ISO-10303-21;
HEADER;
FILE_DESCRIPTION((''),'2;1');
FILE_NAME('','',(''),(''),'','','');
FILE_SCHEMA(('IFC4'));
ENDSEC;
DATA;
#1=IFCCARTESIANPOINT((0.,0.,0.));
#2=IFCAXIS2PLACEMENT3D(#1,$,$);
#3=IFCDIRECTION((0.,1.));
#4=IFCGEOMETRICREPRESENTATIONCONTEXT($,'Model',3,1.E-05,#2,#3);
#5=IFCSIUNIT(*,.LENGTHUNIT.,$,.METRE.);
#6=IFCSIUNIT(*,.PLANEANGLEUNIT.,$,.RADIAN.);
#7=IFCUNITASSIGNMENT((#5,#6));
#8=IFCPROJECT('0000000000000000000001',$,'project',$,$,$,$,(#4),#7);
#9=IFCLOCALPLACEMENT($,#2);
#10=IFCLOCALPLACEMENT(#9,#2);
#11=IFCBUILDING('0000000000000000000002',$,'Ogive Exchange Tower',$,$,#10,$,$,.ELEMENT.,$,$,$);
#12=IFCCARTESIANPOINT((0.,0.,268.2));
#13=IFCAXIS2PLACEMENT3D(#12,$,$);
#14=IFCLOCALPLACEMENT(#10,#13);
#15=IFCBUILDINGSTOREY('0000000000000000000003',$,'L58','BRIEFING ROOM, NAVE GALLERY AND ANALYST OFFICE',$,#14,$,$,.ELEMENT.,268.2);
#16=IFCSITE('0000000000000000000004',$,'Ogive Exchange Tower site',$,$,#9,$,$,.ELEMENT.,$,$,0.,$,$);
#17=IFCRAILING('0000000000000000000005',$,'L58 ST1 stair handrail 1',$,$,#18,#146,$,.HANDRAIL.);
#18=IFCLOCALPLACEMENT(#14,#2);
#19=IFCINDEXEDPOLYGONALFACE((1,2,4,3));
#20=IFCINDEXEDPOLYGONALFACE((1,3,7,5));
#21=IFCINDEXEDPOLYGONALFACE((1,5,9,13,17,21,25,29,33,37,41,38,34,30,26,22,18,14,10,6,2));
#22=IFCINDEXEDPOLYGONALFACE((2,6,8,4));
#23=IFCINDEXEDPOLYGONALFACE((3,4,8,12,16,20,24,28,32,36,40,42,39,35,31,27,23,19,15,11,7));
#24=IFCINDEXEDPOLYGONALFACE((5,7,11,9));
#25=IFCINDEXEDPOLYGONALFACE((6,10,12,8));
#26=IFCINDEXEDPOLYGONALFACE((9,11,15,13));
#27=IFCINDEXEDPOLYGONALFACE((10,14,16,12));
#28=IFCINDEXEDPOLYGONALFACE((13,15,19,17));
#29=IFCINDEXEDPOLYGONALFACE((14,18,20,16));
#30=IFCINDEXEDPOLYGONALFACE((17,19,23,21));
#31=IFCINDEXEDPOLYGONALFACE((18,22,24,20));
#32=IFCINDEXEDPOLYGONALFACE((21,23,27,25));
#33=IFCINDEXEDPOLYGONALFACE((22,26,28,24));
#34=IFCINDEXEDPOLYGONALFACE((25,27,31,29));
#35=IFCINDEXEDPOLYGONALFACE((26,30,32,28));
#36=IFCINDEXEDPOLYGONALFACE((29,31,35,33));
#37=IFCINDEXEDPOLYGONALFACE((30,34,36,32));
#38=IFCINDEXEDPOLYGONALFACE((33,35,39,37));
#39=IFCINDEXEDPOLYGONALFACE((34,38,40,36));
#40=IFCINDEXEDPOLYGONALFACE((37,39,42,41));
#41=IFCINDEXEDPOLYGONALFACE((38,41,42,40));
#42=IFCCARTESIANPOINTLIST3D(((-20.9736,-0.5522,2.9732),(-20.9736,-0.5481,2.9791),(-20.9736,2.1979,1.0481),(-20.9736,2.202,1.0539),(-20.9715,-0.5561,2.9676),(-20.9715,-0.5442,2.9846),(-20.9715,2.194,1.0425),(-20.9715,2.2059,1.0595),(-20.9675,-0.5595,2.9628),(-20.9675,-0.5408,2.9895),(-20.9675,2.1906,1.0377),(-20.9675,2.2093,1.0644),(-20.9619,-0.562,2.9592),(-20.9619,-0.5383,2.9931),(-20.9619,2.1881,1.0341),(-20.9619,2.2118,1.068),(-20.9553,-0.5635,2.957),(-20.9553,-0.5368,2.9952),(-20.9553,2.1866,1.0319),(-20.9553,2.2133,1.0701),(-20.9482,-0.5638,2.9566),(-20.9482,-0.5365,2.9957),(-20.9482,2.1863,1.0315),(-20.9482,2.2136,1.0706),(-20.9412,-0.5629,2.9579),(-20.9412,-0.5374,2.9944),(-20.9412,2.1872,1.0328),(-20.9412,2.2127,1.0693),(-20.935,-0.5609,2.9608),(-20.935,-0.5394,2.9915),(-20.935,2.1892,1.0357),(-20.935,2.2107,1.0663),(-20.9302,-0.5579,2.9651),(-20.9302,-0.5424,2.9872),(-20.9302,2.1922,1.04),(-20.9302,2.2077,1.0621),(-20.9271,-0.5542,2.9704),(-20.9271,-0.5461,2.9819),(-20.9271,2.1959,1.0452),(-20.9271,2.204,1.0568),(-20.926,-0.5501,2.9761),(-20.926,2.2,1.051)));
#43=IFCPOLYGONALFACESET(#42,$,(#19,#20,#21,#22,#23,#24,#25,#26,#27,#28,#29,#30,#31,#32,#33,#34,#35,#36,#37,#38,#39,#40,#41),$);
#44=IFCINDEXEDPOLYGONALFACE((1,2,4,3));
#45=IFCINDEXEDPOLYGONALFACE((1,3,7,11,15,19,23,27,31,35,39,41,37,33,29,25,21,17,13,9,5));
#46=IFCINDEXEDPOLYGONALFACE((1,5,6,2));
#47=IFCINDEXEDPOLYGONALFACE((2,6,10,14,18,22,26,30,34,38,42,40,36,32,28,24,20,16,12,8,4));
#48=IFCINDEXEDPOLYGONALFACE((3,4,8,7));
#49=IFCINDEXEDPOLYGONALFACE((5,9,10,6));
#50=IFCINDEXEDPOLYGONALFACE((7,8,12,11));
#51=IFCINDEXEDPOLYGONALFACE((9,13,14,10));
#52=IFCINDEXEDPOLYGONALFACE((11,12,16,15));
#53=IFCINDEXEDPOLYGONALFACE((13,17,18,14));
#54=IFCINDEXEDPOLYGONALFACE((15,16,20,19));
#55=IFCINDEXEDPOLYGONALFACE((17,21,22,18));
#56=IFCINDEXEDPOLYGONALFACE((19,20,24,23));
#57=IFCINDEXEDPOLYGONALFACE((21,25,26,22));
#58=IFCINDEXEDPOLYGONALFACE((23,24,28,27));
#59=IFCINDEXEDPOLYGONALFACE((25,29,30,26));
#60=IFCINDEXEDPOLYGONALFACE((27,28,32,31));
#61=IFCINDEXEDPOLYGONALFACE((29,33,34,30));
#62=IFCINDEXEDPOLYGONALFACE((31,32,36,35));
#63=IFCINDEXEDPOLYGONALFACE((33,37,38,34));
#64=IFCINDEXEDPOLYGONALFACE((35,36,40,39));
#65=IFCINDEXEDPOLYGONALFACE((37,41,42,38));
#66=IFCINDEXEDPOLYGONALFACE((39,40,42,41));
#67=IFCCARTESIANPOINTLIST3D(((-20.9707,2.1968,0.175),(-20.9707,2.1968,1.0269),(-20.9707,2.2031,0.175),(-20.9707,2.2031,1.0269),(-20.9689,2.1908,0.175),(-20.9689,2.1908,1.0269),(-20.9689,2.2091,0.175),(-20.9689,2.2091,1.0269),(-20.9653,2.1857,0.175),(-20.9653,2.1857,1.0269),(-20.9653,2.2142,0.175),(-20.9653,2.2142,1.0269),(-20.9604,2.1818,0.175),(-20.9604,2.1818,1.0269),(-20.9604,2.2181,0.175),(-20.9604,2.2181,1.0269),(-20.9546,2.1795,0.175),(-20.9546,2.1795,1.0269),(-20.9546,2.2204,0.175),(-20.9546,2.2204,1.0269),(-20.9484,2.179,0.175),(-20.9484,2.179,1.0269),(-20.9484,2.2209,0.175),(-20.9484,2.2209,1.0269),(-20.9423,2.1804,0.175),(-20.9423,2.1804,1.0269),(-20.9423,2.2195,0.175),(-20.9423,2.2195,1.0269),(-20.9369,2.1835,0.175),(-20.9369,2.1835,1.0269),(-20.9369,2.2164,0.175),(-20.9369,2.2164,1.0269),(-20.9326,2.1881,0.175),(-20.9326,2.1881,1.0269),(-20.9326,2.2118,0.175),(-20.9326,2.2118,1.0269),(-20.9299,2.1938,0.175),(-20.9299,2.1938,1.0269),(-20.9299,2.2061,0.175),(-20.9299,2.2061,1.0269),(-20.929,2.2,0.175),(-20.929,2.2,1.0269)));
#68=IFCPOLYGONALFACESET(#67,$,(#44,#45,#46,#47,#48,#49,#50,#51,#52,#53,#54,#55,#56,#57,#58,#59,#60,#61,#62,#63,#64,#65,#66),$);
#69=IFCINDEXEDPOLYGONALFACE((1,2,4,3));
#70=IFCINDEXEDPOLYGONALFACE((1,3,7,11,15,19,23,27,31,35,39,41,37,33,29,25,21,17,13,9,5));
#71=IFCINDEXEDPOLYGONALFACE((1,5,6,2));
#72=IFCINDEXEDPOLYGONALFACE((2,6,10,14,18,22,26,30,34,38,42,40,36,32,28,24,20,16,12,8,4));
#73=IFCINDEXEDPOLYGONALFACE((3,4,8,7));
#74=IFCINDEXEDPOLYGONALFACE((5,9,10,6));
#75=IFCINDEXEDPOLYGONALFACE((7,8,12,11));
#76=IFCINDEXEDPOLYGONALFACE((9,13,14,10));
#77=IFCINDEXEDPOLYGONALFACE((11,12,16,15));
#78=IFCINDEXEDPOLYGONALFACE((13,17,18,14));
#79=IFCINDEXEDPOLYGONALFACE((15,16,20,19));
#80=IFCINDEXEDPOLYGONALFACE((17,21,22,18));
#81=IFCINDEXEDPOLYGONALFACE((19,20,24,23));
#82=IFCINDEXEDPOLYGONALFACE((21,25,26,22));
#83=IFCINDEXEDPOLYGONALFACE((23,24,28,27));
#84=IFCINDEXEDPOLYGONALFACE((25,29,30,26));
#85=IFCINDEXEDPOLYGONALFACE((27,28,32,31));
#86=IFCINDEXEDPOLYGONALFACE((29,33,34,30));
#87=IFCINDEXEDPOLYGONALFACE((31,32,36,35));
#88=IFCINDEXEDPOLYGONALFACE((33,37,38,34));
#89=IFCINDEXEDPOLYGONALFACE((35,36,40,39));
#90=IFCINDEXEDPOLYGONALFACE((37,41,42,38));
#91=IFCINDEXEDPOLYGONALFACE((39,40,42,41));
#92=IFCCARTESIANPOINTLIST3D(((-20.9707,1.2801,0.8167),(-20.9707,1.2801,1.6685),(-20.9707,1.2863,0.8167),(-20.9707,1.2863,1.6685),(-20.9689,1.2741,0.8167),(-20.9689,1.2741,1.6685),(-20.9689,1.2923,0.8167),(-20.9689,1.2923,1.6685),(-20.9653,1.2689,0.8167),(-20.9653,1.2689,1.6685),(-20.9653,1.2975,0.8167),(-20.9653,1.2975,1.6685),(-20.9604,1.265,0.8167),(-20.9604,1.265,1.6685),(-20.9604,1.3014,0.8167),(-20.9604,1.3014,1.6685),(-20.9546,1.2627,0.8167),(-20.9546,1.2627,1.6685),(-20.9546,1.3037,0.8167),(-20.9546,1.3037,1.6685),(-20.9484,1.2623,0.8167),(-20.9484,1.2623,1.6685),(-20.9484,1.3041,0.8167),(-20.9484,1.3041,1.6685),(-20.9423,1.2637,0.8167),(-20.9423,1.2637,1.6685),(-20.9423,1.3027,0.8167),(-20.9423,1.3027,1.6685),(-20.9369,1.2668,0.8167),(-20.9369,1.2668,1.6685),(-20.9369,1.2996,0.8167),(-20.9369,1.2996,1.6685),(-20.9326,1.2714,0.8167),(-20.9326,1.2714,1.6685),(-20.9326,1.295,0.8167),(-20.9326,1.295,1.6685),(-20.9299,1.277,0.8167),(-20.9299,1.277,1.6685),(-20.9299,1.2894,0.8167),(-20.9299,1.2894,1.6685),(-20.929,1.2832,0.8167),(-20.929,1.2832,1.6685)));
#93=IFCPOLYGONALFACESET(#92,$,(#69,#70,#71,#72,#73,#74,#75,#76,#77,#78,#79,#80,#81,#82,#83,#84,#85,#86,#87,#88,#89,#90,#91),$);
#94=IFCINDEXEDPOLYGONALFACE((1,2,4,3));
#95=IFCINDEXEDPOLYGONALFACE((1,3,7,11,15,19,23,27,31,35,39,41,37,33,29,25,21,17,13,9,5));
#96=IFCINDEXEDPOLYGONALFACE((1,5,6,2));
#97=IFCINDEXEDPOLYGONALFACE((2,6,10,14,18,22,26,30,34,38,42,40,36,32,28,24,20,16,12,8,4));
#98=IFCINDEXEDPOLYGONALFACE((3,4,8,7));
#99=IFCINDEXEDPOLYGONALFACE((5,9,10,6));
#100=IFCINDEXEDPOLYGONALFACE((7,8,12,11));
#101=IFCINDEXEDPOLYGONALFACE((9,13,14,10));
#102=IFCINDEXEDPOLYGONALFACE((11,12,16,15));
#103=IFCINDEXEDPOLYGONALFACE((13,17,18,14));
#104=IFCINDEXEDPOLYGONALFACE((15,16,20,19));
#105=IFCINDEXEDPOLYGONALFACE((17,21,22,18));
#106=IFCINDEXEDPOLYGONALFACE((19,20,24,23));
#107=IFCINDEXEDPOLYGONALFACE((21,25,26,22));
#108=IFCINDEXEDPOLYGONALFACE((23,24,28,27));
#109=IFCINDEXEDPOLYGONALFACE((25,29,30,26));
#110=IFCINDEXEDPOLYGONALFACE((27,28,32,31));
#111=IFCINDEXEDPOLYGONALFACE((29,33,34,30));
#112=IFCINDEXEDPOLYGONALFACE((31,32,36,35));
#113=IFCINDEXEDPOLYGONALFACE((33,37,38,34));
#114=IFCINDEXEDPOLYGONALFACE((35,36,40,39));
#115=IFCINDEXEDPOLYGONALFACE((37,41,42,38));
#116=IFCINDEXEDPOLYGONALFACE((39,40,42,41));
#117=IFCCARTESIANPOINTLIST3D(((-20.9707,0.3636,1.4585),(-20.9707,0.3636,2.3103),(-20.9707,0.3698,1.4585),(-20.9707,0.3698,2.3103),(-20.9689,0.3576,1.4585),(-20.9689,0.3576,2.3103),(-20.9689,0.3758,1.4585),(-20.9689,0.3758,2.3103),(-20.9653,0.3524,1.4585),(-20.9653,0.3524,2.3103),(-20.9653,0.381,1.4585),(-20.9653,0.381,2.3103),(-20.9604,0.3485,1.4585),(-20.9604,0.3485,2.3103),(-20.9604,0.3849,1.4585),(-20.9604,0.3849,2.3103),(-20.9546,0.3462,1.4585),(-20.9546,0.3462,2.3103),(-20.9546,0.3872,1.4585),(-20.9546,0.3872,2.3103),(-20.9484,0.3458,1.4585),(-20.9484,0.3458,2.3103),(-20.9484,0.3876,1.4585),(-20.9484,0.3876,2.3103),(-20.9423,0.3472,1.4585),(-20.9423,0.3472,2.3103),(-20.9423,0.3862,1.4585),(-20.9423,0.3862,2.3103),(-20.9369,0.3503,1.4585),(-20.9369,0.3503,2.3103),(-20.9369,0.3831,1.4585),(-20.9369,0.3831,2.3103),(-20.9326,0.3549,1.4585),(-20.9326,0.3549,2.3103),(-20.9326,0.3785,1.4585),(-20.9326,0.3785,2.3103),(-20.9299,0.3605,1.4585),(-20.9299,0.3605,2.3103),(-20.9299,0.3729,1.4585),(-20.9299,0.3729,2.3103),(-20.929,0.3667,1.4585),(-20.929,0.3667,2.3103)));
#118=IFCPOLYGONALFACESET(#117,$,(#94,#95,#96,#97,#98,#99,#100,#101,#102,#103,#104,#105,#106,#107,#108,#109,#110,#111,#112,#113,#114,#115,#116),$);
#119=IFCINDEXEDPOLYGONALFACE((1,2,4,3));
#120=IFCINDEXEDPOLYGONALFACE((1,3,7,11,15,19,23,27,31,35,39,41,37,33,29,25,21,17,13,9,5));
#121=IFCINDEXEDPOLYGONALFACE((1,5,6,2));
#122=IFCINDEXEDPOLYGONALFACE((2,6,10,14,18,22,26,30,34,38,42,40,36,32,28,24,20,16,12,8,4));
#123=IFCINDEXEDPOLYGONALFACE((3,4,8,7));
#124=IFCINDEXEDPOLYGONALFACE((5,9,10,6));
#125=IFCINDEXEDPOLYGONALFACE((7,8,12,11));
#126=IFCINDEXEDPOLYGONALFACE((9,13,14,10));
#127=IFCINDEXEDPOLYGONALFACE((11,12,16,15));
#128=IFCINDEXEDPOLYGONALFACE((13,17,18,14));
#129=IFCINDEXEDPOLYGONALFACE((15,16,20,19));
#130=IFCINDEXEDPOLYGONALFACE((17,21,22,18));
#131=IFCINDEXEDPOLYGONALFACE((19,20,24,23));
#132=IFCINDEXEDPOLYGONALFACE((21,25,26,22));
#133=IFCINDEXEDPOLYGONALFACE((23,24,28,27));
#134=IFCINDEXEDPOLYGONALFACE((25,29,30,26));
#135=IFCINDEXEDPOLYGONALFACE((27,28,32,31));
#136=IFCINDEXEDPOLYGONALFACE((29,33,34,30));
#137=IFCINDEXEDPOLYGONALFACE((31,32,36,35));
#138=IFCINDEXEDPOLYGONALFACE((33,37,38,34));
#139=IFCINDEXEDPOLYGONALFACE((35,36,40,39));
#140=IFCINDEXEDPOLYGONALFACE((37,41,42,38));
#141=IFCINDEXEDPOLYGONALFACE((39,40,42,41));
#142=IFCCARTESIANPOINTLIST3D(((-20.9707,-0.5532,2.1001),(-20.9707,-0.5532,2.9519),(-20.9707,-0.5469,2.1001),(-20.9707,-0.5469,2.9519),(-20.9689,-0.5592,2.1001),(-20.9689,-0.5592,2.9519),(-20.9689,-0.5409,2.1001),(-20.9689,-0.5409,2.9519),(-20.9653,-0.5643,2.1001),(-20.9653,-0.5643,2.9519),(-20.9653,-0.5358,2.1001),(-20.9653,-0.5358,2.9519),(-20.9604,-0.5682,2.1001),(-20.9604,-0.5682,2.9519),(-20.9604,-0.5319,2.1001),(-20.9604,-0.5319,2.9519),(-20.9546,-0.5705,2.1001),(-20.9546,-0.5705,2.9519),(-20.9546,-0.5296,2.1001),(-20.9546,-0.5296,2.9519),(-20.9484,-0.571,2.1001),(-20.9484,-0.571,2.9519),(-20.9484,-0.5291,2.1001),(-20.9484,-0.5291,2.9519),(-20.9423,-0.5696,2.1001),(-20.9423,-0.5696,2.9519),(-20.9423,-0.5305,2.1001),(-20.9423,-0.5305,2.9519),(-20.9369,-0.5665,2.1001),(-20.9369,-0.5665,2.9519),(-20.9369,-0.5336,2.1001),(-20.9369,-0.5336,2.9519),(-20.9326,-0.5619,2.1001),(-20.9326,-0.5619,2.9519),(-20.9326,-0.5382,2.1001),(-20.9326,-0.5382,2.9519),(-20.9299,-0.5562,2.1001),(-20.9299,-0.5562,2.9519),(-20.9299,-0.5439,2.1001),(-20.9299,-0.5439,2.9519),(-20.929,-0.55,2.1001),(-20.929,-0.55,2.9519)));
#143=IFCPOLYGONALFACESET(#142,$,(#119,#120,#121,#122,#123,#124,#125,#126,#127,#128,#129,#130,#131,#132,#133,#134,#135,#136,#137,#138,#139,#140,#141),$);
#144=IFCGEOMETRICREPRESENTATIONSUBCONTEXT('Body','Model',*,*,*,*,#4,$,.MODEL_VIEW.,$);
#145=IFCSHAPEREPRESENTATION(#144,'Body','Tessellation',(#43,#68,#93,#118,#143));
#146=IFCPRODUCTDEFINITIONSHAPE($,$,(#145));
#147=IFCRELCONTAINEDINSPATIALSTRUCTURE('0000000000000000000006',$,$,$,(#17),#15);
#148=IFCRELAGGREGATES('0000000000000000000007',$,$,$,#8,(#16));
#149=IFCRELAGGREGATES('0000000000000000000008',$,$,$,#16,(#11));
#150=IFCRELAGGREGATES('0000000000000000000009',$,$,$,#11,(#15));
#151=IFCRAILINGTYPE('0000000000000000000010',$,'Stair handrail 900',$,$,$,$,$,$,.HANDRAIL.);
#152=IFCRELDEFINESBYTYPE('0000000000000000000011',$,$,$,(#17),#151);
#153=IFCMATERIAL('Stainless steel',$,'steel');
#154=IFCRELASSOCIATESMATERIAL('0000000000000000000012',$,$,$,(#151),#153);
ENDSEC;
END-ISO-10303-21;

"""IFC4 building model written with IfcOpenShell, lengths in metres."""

from ifc_helpers import new_model, si_unit, direction, frame, origin, origin_2d, place, context, subcontext, project, spatial, circle, extrude, material, type_object, element, save


model = new_model("IFC4")

# Units and contexts
model_context = context("Model", 3, precision=1e-05, world=origin(), true_north=direction((0.0, 1.0)))
body_context = subcontext(model_context, "Body", "Model", "MODEL_VIEW")
ifc_project = project(units=[si_unit("LENGTHUNIT", "METRE"), si_unit("PLANEANGLEUNIT", "RADIAN")], contexts=[model_context])

# Site, building, storey
site_placement = place(None, origin())
site = spatial("IfcSite", under=ifc_project, at=site_placement, Name="Ogive Exchange Tower site", CompositionType="ELEMENT", RefElevation=0.0)
building_placement = place(site_placement, origin())
building = spatial("IfcBuilding", under=site, at=building_placement, Name="Ogive Exchange Tower", CompositionType="ELEMENT")
storey_placement = place(building_placement, frame((0.0, 0.0, 268.2)))
storey = spatial("IfcBuildingStorey", under=building, at=storey_placement, Name="L58", Description="BRIEFING ROOM, NAVE GALLERY AND ANALYST OFFICE", CompositionType="ELEMENT", Elevation=268.2)

# Shared definitions
ifc_material_1 = material(Name="Stainless steel", Category="steel")

# Railing
railing_type = type_object("IfcRailingType", Name="Stair handrail 900", PredefinedType="HANDRAIL", material=ifc_material_1)
railing_placement = place(storey_placement, frame((-20.95, 2.2, 0.175)))
element("IfcRailing", 1, at=railing_placement, inside=storey, type_object=railing_type, Name="L58 ST1 stair handrail 1", PredefinedType="HANDRAIL", context=body_context, shape_type="SweptSolid", body=[
    extrude(circle(Radius=0.0239, at=origin_2d()), frame((0.0, 0.0, 0.876), z_axis=(0.0, -0.819225, 0.573472), x_axis=(1.0, 0.0, 0.0)), (0.0, 0.0, 1.0), 3.3569),
    extrude(circle(Radius=0.021, at=origin_2d()), origin(), (0.0, 0.0, 1.0), 0.8518),
    extrude(circle(Radius=0.021, at=origin_2d()), frame((0.0, -0.9167, 0.6416)), (0.0, 0.0, 1.0), 0.8518),
    extrude(circle(Radius=0.021, at=origin_2d()), frame((0.0, -1.8333, 1.2834)), (0.0, 0.0, 1.0), 0.8518),
    extrude(circle(Radius=0.021, at=origin_2d()), frame((0.0, -2.75, 1.925)), (0.0, 0.0, 1.0), 0.8518),
])

save(model, "model.ifc")
